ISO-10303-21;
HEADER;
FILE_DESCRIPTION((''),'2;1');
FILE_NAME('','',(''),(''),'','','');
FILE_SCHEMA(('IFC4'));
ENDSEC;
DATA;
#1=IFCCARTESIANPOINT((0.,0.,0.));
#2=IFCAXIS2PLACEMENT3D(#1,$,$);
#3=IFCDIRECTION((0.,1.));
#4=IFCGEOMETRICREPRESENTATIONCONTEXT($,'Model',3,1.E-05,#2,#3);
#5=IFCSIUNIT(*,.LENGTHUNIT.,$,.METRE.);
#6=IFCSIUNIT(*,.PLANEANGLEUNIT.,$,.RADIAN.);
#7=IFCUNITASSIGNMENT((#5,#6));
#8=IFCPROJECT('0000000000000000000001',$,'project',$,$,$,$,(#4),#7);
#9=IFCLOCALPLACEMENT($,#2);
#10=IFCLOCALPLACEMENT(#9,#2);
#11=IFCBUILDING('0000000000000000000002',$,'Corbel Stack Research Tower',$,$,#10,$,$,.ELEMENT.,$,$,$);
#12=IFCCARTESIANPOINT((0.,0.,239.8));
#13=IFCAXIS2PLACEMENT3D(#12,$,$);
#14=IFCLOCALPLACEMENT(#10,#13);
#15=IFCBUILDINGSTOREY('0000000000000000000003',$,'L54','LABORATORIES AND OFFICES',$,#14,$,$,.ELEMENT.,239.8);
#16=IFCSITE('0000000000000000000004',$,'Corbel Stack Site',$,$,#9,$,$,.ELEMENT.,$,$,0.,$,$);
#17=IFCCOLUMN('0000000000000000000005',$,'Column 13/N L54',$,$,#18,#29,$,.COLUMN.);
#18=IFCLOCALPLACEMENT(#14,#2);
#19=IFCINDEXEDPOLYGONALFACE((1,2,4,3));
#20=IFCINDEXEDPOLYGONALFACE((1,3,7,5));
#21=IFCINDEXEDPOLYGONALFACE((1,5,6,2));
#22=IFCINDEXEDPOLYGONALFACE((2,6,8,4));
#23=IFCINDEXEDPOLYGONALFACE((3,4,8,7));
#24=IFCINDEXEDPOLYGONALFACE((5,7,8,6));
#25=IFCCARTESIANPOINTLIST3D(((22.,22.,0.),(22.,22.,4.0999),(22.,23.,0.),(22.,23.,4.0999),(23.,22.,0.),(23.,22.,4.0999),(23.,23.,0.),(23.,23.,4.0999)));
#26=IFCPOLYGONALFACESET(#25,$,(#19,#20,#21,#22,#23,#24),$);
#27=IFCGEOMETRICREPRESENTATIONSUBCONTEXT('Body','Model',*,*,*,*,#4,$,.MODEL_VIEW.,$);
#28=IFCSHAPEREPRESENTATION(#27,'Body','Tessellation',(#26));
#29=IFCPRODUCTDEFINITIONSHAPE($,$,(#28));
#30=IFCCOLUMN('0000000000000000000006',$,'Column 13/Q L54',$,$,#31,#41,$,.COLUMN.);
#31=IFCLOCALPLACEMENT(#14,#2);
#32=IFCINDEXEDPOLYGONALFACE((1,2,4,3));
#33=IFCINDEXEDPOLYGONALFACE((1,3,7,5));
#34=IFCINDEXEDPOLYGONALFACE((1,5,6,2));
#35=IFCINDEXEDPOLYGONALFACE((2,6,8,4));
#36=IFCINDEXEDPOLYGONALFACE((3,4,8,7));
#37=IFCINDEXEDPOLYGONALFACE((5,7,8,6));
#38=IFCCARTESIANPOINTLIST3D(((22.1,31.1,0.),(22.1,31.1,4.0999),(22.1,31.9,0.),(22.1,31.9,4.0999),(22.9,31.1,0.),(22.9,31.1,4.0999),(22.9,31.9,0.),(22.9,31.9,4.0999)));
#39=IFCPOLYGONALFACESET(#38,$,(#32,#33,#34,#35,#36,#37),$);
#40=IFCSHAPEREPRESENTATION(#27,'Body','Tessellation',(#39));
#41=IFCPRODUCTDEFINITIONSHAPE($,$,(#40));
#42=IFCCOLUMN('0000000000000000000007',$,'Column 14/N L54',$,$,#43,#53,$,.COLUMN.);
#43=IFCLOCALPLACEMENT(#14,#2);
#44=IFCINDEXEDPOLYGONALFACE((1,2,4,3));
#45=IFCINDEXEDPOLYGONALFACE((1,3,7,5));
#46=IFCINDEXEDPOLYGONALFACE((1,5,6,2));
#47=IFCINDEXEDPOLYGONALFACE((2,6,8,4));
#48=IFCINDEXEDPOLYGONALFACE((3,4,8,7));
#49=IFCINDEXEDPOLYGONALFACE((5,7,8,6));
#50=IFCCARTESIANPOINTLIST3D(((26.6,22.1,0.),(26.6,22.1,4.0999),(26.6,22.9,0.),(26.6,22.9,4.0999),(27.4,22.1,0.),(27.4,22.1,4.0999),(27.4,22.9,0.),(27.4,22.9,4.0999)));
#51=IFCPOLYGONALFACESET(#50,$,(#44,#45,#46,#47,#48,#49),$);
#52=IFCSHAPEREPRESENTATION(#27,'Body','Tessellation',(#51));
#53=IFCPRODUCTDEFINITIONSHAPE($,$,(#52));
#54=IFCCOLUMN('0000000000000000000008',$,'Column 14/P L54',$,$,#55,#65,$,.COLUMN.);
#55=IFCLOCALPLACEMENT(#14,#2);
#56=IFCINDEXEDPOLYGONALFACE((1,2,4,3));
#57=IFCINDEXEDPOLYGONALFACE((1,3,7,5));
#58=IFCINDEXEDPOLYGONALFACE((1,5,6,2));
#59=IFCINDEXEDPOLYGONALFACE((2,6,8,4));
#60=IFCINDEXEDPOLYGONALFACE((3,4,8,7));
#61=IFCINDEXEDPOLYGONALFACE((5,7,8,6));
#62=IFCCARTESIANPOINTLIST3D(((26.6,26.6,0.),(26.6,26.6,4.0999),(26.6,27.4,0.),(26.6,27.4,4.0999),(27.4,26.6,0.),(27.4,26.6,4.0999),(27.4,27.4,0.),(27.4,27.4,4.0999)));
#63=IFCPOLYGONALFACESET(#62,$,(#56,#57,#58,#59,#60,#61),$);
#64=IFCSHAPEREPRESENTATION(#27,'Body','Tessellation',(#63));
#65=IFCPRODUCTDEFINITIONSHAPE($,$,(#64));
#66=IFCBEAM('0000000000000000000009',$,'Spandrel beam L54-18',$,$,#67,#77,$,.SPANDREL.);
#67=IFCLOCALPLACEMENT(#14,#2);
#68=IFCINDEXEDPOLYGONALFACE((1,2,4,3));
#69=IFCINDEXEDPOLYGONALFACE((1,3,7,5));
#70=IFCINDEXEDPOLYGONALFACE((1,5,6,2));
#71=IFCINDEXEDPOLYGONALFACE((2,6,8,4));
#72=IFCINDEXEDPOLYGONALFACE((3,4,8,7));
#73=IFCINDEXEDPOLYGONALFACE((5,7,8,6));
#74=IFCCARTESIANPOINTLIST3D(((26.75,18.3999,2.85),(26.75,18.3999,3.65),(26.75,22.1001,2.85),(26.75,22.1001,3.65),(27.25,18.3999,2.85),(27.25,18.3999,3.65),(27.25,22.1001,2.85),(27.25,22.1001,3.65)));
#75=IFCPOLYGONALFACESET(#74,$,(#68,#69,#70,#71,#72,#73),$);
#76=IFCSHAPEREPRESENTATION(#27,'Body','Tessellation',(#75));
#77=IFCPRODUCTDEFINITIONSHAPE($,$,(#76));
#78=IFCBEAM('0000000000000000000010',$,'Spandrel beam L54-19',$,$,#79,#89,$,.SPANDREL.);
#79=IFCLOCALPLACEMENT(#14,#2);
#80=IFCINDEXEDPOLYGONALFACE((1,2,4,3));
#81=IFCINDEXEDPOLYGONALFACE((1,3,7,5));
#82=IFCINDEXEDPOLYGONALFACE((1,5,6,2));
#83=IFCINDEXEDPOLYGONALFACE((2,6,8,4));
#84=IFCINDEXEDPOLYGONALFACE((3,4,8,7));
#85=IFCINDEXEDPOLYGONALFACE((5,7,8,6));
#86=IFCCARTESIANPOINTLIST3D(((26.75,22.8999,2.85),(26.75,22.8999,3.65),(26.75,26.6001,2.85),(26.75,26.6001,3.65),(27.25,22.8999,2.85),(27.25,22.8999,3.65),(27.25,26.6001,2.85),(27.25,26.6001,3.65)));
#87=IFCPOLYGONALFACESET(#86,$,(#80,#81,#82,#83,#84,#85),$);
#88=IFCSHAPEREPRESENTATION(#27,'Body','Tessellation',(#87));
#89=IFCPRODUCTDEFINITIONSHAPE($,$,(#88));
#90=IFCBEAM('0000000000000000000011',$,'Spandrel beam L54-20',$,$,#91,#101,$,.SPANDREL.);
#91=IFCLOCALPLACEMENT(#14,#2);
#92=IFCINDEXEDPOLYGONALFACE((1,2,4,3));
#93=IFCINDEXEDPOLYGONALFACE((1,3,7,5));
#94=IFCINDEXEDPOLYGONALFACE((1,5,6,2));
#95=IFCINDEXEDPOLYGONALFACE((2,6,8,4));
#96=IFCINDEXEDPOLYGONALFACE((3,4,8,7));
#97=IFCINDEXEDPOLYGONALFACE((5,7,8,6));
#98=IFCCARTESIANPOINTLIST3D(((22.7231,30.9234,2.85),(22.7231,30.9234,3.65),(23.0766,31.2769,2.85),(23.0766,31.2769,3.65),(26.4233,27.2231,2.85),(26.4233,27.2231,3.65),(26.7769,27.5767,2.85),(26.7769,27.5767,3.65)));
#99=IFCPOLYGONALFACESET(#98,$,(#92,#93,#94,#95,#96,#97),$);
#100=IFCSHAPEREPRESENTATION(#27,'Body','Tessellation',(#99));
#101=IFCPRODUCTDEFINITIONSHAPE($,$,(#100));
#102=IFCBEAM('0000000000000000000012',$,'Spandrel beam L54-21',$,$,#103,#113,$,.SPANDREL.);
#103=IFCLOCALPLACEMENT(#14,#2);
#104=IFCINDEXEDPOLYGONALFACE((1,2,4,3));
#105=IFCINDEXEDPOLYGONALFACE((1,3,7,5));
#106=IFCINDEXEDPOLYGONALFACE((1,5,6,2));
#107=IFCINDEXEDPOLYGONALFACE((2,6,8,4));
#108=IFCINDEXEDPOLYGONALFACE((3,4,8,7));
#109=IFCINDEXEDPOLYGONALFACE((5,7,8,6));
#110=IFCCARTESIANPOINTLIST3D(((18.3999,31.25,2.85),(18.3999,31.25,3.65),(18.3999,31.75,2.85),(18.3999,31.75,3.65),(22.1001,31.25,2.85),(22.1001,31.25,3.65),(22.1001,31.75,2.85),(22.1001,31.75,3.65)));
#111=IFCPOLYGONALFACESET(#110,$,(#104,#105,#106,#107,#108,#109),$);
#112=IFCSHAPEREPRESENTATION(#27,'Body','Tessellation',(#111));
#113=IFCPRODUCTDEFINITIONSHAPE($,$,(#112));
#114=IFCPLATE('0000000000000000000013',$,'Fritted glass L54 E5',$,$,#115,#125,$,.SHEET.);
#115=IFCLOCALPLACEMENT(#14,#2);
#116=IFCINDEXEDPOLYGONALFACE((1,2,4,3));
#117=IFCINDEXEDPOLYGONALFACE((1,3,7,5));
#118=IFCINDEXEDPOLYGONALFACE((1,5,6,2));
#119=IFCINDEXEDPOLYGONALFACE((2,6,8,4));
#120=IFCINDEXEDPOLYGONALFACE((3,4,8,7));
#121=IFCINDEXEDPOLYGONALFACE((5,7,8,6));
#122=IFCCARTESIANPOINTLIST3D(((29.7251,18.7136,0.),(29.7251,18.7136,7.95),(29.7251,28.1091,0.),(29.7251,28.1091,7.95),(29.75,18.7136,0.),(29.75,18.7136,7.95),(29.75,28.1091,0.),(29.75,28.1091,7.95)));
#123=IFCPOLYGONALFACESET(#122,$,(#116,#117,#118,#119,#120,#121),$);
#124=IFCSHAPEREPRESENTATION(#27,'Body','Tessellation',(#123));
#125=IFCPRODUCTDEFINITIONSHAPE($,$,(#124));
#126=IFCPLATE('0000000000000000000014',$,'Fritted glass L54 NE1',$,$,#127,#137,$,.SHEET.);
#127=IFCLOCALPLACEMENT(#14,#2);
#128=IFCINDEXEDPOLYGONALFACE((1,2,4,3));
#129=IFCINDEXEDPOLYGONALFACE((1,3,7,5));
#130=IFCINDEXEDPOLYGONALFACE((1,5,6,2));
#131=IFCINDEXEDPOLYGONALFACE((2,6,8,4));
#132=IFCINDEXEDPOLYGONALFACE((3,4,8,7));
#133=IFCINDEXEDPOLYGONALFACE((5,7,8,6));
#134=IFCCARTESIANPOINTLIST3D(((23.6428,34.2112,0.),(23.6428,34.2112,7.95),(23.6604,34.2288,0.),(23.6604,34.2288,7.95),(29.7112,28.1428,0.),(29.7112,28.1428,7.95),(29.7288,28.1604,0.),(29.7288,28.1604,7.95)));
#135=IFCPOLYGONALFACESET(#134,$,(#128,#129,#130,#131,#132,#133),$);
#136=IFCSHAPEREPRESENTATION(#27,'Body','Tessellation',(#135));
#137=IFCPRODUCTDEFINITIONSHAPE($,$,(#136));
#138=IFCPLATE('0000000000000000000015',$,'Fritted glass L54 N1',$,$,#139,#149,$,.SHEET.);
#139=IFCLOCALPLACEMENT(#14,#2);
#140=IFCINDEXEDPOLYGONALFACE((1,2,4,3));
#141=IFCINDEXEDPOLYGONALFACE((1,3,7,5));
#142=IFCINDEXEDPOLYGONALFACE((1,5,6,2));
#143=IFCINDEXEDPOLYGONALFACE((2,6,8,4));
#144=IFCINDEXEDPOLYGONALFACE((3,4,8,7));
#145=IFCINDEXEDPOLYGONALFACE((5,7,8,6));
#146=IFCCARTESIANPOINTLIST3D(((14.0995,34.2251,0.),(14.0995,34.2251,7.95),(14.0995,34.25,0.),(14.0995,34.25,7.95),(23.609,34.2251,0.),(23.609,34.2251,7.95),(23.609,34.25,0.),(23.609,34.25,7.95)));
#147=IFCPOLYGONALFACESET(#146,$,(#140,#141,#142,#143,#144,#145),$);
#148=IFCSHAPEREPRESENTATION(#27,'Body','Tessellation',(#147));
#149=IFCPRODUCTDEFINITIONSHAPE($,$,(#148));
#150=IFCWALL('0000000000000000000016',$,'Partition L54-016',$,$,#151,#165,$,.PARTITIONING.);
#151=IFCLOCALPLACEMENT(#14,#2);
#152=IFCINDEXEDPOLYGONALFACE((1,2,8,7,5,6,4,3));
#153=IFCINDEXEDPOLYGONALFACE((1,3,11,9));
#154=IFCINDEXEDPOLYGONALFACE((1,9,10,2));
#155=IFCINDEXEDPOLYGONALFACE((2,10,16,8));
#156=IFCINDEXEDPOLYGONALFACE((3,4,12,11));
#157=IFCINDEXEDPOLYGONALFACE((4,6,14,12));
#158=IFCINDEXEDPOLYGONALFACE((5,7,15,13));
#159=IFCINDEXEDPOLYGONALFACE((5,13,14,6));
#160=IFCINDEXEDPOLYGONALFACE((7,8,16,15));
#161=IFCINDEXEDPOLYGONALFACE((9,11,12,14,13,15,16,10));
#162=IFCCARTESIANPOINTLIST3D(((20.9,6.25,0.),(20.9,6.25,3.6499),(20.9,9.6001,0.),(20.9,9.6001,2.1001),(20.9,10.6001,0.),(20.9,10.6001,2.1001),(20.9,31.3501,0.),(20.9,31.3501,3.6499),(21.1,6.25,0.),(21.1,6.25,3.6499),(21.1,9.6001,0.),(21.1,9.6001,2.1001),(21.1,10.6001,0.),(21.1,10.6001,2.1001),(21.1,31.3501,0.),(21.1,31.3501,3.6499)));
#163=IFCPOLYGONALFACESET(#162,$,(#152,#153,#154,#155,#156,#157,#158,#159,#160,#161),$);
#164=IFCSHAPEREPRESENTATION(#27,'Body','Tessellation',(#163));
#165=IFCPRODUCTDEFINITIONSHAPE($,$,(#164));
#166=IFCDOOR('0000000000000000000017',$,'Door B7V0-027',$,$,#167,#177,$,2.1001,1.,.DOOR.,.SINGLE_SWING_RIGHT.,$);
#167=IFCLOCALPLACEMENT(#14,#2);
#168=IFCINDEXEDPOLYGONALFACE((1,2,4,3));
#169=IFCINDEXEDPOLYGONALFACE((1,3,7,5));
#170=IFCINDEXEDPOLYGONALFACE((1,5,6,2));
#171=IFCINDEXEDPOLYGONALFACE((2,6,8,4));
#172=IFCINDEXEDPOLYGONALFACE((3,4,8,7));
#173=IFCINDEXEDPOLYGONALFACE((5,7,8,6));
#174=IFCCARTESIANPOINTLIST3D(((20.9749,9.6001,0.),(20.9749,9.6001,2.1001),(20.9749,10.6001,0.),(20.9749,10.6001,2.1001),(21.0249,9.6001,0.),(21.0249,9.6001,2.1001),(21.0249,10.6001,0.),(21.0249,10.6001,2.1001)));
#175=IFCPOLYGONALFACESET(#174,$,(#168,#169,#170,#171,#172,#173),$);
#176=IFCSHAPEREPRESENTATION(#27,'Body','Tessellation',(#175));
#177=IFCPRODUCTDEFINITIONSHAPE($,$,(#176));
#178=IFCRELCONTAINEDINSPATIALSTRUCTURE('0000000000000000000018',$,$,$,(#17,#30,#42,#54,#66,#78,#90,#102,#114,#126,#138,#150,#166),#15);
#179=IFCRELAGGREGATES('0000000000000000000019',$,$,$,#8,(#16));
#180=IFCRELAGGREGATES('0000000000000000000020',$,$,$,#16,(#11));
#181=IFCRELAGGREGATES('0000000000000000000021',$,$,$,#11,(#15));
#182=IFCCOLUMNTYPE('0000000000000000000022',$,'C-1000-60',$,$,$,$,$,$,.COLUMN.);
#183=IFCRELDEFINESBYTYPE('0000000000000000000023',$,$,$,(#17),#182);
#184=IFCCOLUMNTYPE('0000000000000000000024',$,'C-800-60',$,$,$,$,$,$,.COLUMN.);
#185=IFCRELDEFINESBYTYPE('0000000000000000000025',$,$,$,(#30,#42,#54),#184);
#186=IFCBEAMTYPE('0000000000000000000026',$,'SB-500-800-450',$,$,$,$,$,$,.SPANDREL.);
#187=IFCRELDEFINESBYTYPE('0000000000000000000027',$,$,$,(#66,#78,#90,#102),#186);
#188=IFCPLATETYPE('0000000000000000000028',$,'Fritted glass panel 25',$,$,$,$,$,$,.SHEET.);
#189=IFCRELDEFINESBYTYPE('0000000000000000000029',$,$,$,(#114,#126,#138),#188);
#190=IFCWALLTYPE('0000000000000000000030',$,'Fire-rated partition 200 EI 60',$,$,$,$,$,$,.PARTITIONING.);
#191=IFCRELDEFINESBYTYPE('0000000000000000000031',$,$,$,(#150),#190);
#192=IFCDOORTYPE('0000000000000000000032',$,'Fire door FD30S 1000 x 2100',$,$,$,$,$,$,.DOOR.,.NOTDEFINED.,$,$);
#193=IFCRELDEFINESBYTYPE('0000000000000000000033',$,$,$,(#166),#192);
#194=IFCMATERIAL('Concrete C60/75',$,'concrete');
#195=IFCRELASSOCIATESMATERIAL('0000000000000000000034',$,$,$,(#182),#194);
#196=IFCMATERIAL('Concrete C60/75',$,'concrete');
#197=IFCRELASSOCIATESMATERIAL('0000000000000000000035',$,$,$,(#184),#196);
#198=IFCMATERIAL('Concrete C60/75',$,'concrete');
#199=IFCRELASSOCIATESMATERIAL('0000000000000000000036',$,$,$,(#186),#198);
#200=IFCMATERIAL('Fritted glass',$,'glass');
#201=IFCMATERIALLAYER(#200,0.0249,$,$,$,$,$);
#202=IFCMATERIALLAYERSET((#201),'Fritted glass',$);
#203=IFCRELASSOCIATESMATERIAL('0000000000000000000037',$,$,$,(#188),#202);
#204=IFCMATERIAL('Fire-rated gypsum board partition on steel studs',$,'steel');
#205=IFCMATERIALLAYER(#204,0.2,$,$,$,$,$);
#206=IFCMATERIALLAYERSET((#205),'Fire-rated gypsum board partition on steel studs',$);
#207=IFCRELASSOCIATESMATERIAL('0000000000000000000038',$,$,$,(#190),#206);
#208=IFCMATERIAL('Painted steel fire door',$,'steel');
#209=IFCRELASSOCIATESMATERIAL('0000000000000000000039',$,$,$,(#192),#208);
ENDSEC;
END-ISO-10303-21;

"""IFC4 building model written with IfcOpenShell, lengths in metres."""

from ifc_helpers import new_model, si_unit, direction, frame, frame_2d, origin, origin_2d, place, context, subcontext, project, spatial, rectangle, extrude, material, layer, layer_set, material_profile, profile_set, type_object, element, fill, save


model = new_model("IFC4")

# Units and contexts
model_context = context("Model", 3, precision=1e-05, world=origin(), true_north=direction((0.0, 1.0)))
body_context = subcontext(model_context, "Body", "Model", "MODEL_VIEW")
ifc_project = project(units=[si_unit("LENGTHUNIT", "METRE"), si_unit("PLANEANGLEUNIT", "RADIAN")], contexts=[model_context])

# Site, building, storey
site_placement = place(None, origin())
site = spatial("IfcSite", under=ifc_project, at=site_placement, Name="Corbel Stack Site", CompositionType="ELEMENT", RefElevation=0.0)
building_placement = place(site_placement, origin())
building = spatial("IfcBuilding", under=site, at=building_placement, Name="Corbel Stack Research Tower", CompositionType="ELEMENT")
storey_placement = place(building_placement, frame((0.0, 0.0, 239.8)))
storey = spatial("IfcBuildingStorey", under=building, at=storey_placement, Name="L54", Description="LABORATORIES AND OFFICES", CompositionType="ELEMENT", Elevation=239.8)

# Columns
ifc_material_1 = material(Name="Concrete C60/75", Category="concrete")
ifc_material_profile_1 = material_profile(ifc_material_1, rectangle(XDim=1.0, YDim=1.0, at=origin_2d()), Name="RC 1000 x 1000")
ifc_profile_set_1 = profile_set([ifc_material_profile_1], Name="Concrete C60/75")
column_type_1 = type_object("IfcColumnType", Name="C-1000-60", PredefinedType="COLUMN", material=ifc_profile_set_1)
column_placement = place(storey_placement, frame((22.5, 22.5, 0.0), z_axis=(0.0, 0.0, 1.0), x_axis=(1.0, 0.0, 0.0)))
element("IfcColumn", 1, at=column_placement, inside=storey, type_object=column_type_1, Name="Column 13/N L54", PredefinedType="COLUMN", context=body_context, shape_type="SweptSolid", body=[
    extrude(rectangle(XDim=1.0, YDim=1.0, at=origin_2d()), origin(), (0.0, 0.0, 1.0), 4.0999),
])
ifc_material_2 = material(Name="Concrete C60/75", Category="concrete")
ifc_material_profile_2 = material_profile(ifc_material_2, rectangle(XDim=0.8, YDim=0.8, at=origin_2d()), Name="RC 800 x 800")
ifc_profile_set_2 = profile_set([ifc_material_profile_2], Name="Concrete C60/75")
column_type_2 = type_object("IfcColumnType", Name="C-800-60", PredefinedType="COLUMN", material=ifc_profile_set_2)
for number, where, z_axis, x_axis, name in (
    (2, (22.5, 31.5, 0.0), (0.0, 0.0, 1.0), (1.0, 0.0, 0.0), "Column 13/Q L54"),
    (3, (27.0, 22.5, 0.0), (0.0, 0.0, 1.0), (1.0, 0.0, 0.0), "Column 14/N L54"),
    (4, (27.0, 27.0, 0.0), (0.0, 0.0, 1.0), (1.0, 0.0, 0.0), "Column 14/P L54"),
):
    element("IfcColumn", number, at=place(storey_placement, frame(where, z_axis=z_axis, x_axis=x_axis)), inside=storey, type_object=column_type_2, Name=name, PredefinedType="COLUMN", context=body_context, shape_type="SweptSolid", body=[
        extrude(rectangle(XDim=0.8, YDim=0.8, at=origin_2d()), origin(), (0.0, 0.0, 1.0), 4.0999),
    ])

# Beams
ifc_material_3 = material(Name="Concrete C60/75", Category="concrete")
ifc_material_profile_3 = material_profile(ifc_material_3, rectangle(XDim=0.5, YDim=0.8, at=origin_2d()), Name="RC 500 x 800")
ifc_profile_set_3 = profile_set([ifc_material_profile_3], Name="Concrete C60/75")
beam_type = type_object("IfcBeamType", Name="SB-500-800-450", PredefinedType="SPANDREL", material=ifc_profile_set_3)
for number, where, z_axis, x_axis, name in (
    (5, (27.0, 18.3999, 3.25), (0.0, 1.0, 0.0), (-1.0, 0.0, 0.0), "Spandrel beam L54-18"),
    (6, (27.0, 22.8999, 3.25), (0.0, 1.0, 0.0), (-1.0, 0.0, 0.0), "Spandrel beam L54-19"),
):
    element("IfcBeam", number, at=place(storey_placement, frame(where, z_axis=z_axis, x_axis=x_axis)), inside=storey, type_object=beam_type, Name=name, PredefinedType="SPANDREL", context=body_context, shape_type="SweptSolid", body=[
        extrude(rectangle(XDim=0.5, YDim=0.8, at=origin_2d()), origin(), (0.0, 0.0, 1.0), 3.7002),
    ])
beam_1_placement = place(storey_placement, frame((26.6001, 27.3999, 3.25), z_axis=(-0.707107, 0.707107, 0.0), x_axis=(-0.707107, -0.707107, 0.0)))
element("IfcBeam", 7, at=beam_1_placement, inside=storey, type_object=beam_type, Name="Spandrel beam L54-20", PredefinedType="SPANDREL", context=body_context, shape_type="SweptSolid", body=[
    extrude(rectangle(XDim=0.5, YDim=0.8, at=origin_2d()), origin(), (0.0, 0.0, 1.0), 5.2329),
])
beam_2_placement = place(storey_placement, frame((22.1001, 31.5, 3.25), z_axis=(-1.0, 0.0, 0.0), x_axis=(0.0, -1.0, 0.0)))
element("IfcBeam", 8, at=beam_2_placement, inside=storey, type_object=beam_type, Name="Spandrel beam L54-21", PredefinedType="SPANDREL", context=body_context, shape_type="SweptSolid", body=[
    extrude(rectangle(XDim=0.5, YDim=0.8, at=origin_2d()), origin(), (0.0, 0.0, 1.0), 3.7002),
])

# Plates
ifc_material_4 = material(Name="Fritted glass", Category="glass")
ifc_layer_1 = layer(ifc_material_4, 0.0249)
ifc_layer_set_1 = layer_set([ifc_layer_1], Name="Fritted glass")
plate_type = type_object("IfcPlateType", Name="Fritted glass panel 25", PredefinedType="SHEET", material=ifc_layer_set_1)
plate_1_placement = place(storey_placement, frame((29.7375, 23.4114, 0.0), z_axis=(0.0, 0.0, 1.0), x_axis=(0.0, 1.0, 0.0)))
element("IfcPlate", 9, at=plate_1_placement, inside=storey, type_object=plate_type, Name="Fritted glass L54 E5", PredefinedType="SHEET", context=body_context, shape_type="SweptSolid", body=[
    extrude(rectangle(XDim=9.3955, YDim=0.0249, at=origin_2d()), origin(), (0.0, 0.0, 1.0), 7.95),
])
plate_2_placement = place(storey_placement, frame((26.6858, 31.1858, 0.0), z_axis=(0.0, 0.0, 1.0), x_axis=(-0.707107, 0.707107, 0.0)))
element("IfcPlate", 10, at=plate_2_placement, inside=storey, type_object=plate_type, Name="Fritted glass L54 NE1", PredefinedType="SHEET", context=body_context, shape_type="SweptSolid", body=[
    extrude(rectangle(XDim=8.582, YDim=0.0249, at=origin_2d()), origin(), (0.0, 0.0, 1.0), 7.95),
])
plate_3_placement = place(storey_placement, frame((18.8542, 34.2375, 0.0), z_axis=(0.0, 0.0, 1.0), x_axis=(-1.0, 0.0, 0.0)))
element("IfcPlate", 11, at=plate_3_placement, inside=storey, type_object=plate_type, Name="Fritted glass L54 N1", PredefinedType="SHEET", context=body_context, shape_type="SweptSolid", body=[
    extrude(rectangle(XDim=9.5095, YDim=0.0249, at=origin_2d()), origin(), (0.0, 0.0, 1.0), 7.95),
])

# Wall, opening, door
ifc_material_5 = material(Name="Fire-rated gypsum board partition on steel studs", Category="steel")
ifc_layer_2 = layer(ifc_material_5, 0.2)
ifc_layer_set_2 = layer_set([ifc_layer_2], Name="Fire-rated gypsum board partition on steel studs")
wall_type_1 = type_object("IfcWallType", Name="Fire-rated partition 200 EI 60", PredefinedType="PARTITIONING", material=ifc_layer_set_2)
wall_1_placement = place(storey_placement, frame((21.0, 31.3501, 0.0), z_axis=(0.0, 0.0, 1.0), x_axis=(0.0, -1.0, 0.0)))
wall_1 = element("IfcWall", 12, at=wall_1_placement, inside=storey, type_object=wall_type_1, Name="Partition L54-016", PredefinedType="PARTITIONING", context=body_context, shape_type="SweptSolid", body=[
    extrude(rectangle(XDim=25.1001, YDim=0.2, at=frame_2d((12.55, 0.0))), origin(), (0.0, 0.0, 1.0), 3.6499),
])
opening_1_placement = place(wall_1_placement, frame((20.75, 0.0, 0.0)))
opening_1 = element("IfcOpeningElement", 13, at=opening_1_placement, cuts=wall_1, PredefinedType="OPENING", context=body_context, shape_type="SweptSolid", body=[
    extrude(rectangle(XDim=1.0, YDim=2.1001, at=frame_2d((0.5, 1.05))), frame((0.0, 0.1099, 0.0), z_axis=(0.0, -1.0, 0.0), x_axis=(1.0, 0.0, 0.0)), (0.0, 0.0, 1.0), 0.22),
])
ifc_material_6 = material(Name="Painted steel fire door", Category="steel")
door_type_1 = type_object("IfcDoorType", Name="Fire door FD30S 1000 x 2100", OperationType="NOTDEFINED", PredefinedType="DOOR", material=ifc_material_6)
door_1_placement = place(opening_1_placement, origin())
door_1 = element("IfcDoor", 14, at=door_1_placement, inside=storey, type_object=door_type_1, Name="Door B7V0-027", OperationType="SINGLE_SWING_RIGHT", OverallHeight=2.1001, OverallWidth=1.0, PredefinedType="DOOR", context=body_context, shape_type="SweptSolid", body=[
    extrude(rectangle(XDim=1.0, YDim=2.1001, at=frame_2d((0.5, 1.05))), frame((0.0, 0.0249, 0.0), z_axis=(0.0, -1.0, 0.0), x_axis=(1.0, 0.0, 0.0)), (0.0, 0.0, 1.0), 0.05),
])
fill(opening_1, door_1)

save(model, "model.ifc")
